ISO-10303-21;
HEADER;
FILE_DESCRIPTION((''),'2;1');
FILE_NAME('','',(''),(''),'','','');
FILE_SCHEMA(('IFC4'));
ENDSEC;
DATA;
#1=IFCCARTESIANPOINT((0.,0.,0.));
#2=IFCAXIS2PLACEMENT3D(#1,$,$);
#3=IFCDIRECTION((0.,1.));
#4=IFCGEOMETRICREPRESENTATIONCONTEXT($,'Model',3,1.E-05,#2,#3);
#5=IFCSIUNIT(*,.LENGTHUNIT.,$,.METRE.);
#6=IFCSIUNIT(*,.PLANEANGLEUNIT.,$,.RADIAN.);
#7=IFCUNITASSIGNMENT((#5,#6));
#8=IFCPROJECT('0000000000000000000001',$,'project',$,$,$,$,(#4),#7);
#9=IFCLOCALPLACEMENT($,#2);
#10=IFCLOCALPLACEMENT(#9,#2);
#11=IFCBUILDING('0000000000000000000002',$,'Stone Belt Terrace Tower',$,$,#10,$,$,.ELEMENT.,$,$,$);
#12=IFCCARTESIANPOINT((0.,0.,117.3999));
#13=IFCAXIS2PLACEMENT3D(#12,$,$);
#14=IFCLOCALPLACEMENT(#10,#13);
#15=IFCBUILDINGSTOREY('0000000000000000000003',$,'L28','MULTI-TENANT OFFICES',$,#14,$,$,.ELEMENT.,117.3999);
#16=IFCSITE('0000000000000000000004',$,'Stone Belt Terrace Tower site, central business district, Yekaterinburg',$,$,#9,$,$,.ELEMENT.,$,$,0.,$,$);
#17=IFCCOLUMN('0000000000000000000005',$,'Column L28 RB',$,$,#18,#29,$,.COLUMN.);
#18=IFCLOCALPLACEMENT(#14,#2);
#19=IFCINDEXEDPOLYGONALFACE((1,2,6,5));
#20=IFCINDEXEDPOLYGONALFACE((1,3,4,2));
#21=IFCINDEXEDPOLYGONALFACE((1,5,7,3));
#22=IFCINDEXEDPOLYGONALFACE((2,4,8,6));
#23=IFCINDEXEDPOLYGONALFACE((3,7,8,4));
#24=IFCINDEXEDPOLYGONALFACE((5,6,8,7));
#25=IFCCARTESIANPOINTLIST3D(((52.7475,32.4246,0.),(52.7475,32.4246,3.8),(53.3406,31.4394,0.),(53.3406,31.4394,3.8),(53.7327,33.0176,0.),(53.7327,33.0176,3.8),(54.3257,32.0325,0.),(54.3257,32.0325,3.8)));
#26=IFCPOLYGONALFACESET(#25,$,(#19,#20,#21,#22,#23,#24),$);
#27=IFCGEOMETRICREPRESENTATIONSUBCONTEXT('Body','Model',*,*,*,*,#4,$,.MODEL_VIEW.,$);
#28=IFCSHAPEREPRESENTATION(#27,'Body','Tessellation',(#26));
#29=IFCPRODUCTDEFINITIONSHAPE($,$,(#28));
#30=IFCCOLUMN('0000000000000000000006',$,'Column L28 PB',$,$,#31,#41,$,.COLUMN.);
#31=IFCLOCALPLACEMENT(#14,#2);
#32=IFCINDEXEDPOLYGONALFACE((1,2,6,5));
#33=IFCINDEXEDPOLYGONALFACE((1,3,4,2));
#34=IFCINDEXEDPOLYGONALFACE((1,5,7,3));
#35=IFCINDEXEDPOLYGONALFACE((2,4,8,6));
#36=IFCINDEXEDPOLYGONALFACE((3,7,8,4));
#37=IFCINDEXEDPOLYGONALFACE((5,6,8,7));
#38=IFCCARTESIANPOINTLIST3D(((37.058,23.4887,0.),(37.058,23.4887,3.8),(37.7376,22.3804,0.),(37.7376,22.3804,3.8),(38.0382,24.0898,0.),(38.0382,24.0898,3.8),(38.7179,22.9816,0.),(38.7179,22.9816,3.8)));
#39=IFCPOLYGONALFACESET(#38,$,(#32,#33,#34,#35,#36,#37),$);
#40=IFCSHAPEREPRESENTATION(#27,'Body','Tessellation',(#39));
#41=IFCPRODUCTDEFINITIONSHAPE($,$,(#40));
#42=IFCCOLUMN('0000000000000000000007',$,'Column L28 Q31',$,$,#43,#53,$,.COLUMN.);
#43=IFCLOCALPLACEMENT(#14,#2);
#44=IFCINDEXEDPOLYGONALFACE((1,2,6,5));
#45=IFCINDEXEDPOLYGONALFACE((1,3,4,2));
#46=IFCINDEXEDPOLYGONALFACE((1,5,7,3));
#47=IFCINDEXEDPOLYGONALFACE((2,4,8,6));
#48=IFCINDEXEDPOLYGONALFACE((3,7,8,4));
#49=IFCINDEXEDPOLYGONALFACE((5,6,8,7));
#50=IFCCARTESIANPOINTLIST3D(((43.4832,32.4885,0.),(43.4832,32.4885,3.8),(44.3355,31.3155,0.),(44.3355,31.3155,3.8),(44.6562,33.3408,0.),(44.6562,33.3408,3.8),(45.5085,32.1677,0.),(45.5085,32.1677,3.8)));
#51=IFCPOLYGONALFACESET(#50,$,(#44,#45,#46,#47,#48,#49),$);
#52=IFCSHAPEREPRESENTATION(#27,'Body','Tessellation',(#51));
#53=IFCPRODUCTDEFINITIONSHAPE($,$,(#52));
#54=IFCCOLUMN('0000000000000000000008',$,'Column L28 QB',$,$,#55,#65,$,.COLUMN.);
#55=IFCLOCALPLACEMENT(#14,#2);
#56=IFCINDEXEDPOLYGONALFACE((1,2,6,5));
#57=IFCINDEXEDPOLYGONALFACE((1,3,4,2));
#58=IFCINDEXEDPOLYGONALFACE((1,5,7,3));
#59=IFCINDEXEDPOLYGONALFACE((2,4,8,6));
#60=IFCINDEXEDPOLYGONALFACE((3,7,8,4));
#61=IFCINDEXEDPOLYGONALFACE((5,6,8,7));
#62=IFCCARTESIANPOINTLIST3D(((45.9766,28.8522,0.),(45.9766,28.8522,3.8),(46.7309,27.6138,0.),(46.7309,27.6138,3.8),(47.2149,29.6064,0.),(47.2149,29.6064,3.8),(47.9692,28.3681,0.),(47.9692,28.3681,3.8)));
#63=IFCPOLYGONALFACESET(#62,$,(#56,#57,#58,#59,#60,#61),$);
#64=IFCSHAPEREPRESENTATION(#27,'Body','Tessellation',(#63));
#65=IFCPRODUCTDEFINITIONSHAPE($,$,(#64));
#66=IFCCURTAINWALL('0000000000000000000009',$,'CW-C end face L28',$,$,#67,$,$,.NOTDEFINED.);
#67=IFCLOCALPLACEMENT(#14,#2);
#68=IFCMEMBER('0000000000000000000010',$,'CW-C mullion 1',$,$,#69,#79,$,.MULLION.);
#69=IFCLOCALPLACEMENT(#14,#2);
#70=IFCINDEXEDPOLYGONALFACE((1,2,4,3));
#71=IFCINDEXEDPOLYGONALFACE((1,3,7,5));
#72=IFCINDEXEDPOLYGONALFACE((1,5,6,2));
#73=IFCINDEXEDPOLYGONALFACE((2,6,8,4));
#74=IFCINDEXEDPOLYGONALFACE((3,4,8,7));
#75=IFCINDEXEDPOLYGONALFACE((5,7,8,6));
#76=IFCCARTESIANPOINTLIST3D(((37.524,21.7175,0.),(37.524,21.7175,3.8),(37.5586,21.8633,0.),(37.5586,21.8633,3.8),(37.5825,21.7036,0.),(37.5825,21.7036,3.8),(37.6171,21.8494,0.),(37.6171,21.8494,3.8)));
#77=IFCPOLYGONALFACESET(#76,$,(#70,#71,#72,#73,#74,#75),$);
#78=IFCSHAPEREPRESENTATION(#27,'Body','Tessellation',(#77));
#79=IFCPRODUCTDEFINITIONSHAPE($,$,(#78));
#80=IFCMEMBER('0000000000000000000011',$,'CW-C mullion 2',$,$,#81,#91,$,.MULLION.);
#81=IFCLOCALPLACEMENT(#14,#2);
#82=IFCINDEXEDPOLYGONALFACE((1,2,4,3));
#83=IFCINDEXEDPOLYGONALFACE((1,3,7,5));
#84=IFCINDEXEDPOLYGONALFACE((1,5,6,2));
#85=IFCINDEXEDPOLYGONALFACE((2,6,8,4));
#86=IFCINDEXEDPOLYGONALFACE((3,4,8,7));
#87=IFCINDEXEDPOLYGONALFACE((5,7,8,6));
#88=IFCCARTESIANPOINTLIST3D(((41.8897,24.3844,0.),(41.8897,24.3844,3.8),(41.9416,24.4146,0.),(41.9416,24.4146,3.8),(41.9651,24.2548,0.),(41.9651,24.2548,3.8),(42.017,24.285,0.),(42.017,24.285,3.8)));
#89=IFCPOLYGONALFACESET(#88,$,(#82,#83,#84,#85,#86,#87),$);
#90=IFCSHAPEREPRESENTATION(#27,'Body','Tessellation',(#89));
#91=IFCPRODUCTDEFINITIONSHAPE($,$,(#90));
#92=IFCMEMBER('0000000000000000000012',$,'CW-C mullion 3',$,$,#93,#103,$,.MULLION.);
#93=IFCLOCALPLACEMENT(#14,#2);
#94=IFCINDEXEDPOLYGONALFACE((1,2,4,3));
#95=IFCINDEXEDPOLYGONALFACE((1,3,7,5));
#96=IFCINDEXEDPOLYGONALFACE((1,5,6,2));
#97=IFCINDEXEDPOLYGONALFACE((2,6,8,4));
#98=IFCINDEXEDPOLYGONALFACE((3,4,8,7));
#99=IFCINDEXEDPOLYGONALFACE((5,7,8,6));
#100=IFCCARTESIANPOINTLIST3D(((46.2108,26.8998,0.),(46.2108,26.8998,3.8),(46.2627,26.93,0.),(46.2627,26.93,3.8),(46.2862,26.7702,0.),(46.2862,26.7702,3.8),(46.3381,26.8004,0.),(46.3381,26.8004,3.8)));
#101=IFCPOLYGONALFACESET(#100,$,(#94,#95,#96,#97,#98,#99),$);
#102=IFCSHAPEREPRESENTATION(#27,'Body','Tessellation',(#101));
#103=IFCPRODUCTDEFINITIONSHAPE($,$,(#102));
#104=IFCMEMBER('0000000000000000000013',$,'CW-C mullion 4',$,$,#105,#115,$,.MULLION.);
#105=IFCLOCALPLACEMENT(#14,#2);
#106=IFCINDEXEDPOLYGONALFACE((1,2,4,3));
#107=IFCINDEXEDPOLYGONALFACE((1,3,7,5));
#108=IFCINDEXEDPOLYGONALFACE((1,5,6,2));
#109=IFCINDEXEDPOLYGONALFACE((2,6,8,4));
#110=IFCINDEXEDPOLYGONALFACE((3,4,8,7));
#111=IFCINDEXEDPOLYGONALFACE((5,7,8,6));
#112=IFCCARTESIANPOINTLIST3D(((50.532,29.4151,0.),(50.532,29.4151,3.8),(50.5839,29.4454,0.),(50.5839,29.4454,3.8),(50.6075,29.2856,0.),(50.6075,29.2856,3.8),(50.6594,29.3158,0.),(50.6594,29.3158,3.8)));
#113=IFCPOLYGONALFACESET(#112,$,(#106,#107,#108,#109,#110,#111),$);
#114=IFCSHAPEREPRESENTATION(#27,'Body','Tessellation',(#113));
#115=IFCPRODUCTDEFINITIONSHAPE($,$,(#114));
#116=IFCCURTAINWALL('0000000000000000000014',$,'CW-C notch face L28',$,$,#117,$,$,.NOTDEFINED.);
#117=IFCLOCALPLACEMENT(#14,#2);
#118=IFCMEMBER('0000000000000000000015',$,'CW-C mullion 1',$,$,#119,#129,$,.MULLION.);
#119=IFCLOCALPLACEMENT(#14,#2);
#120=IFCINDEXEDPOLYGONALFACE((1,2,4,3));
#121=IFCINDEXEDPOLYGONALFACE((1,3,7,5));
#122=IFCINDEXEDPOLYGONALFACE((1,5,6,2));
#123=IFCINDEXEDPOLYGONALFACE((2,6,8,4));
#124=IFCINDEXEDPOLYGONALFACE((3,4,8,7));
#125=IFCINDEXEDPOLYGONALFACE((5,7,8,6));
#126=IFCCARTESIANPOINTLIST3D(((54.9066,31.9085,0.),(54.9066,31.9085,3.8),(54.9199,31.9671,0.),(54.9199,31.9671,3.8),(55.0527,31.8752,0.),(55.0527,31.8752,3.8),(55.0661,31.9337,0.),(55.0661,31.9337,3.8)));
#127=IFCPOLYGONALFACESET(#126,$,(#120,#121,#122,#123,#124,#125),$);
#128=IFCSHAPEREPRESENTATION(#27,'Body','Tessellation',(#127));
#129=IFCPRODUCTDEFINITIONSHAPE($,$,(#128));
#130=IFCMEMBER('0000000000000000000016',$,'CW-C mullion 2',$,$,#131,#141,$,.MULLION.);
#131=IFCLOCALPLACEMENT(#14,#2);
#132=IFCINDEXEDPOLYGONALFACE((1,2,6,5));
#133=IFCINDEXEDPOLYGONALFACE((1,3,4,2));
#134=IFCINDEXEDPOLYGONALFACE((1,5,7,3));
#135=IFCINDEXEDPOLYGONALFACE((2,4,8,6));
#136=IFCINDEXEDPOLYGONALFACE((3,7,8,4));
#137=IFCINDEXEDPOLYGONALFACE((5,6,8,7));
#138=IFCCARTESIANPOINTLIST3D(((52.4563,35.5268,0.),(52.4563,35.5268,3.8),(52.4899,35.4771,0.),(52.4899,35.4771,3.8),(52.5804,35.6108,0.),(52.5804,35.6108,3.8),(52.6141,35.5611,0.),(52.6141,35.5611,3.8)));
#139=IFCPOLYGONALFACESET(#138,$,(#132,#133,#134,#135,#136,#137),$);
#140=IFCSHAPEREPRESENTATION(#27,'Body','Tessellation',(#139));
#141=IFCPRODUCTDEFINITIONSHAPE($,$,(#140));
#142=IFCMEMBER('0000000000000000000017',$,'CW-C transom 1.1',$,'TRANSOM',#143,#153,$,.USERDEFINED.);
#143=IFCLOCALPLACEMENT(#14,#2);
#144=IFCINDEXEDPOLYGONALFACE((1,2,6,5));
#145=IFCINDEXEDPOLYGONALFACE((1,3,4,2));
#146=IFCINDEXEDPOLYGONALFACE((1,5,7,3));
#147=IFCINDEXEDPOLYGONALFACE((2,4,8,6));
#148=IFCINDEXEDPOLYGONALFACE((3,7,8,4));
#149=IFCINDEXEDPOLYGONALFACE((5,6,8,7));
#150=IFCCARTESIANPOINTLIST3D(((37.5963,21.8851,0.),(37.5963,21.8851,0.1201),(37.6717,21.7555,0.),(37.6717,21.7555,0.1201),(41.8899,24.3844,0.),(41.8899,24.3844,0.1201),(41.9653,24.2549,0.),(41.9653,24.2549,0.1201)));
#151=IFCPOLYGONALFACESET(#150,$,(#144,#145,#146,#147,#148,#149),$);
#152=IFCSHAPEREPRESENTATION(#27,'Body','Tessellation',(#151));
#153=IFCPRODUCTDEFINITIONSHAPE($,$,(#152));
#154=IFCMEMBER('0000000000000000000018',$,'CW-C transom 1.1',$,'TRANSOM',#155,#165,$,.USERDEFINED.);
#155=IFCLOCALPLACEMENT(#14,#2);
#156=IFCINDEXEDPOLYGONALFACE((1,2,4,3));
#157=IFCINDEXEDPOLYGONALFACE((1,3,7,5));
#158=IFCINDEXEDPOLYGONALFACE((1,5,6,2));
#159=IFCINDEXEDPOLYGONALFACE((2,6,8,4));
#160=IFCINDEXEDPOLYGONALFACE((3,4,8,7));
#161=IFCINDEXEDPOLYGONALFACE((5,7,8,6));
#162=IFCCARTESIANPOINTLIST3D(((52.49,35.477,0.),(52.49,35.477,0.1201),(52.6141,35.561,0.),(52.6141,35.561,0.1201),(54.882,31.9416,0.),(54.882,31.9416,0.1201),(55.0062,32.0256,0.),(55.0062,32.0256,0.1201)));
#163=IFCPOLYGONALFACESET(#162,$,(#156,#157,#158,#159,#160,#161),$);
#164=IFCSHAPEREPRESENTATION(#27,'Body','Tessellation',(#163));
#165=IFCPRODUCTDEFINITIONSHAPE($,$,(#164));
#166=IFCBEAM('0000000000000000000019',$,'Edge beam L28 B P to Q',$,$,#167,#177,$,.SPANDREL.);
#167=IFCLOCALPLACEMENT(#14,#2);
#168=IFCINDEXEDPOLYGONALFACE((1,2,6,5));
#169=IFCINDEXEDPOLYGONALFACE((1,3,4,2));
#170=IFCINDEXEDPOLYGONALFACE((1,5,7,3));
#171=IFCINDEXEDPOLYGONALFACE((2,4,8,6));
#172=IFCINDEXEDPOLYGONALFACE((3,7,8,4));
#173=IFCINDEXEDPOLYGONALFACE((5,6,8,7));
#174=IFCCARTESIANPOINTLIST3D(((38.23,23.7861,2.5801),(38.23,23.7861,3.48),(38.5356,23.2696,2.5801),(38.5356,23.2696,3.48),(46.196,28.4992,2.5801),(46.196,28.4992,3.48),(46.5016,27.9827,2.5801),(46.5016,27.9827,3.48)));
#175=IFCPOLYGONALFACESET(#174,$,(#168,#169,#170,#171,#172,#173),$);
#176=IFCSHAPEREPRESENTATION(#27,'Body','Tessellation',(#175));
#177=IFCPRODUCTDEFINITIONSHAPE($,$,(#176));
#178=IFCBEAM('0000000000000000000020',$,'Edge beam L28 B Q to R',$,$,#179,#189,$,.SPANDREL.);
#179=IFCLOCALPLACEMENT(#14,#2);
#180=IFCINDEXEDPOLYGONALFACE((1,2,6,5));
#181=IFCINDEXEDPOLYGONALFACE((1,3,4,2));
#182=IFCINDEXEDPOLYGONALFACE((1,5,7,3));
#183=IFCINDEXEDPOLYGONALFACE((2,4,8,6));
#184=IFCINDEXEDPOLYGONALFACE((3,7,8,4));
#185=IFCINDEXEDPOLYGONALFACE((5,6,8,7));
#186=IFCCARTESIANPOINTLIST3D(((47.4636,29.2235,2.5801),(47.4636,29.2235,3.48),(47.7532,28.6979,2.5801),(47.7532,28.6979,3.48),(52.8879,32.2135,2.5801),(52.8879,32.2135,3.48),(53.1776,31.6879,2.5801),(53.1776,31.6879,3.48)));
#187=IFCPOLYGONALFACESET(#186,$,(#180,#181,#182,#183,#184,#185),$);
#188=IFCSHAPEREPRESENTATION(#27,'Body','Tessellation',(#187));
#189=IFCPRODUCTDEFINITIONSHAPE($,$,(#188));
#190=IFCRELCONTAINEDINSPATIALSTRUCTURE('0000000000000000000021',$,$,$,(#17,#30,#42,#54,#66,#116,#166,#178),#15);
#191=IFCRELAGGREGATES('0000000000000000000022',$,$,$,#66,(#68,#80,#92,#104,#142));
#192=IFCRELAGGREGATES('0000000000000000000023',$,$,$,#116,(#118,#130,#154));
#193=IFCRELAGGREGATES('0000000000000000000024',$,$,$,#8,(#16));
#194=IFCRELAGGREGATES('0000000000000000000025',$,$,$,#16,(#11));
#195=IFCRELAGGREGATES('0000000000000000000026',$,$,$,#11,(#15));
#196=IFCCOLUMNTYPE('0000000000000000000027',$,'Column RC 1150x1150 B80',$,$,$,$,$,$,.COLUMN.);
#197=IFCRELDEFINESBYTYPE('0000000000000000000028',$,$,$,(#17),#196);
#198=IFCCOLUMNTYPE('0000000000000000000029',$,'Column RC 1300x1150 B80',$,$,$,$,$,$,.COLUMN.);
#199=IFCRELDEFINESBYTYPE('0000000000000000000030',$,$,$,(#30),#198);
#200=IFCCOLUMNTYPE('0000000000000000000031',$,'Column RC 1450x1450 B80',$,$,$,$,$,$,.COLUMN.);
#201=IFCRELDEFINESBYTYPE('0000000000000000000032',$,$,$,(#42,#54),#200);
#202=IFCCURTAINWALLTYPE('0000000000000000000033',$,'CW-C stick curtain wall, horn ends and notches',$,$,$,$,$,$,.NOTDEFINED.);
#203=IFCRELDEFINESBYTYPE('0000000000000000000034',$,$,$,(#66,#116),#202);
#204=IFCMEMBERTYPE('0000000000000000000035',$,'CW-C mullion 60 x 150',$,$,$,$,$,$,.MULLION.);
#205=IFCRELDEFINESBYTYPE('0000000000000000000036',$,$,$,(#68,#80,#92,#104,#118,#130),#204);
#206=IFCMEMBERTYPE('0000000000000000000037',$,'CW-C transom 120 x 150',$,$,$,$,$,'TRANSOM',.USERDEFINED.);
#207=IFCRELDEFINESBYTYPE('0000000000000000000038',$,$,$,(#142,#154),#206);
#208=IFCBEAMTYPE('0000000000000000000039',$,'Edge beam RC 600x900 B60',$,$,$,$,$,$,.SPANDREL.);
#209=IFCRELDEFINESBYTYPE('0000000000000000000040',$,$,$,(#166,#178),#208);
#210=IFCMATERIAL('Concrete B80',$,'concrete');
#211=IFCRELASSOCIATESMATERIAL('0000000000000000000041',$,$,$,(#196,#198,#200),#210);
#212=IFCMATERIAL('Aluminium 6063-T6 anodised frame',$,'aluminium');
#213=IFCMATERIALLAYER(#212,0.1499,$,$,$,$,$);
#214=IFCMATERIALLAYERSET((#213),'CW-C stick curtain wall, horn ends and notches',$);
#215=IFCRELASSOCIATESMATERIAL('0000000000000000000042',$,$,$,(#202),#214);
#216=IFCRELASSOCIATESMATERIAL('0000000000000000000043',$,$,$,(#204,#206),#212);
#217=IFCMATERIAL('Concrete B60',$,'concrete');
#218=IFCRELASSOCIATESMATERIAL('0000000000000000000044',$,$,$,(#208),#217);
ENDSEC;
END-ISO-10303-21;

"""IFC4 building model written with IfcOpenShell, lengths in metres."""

from ifc_helpers import new_model, si_unit, direction, frame, origin, origin_2d, place, context, subcontext, project, spatial, rectangle, extrude, material, layer, layer_set, material_profile, profile_set, type_object, element, aggregate, save


model = new_model("IFC4")

# Units and contexts
model_context = context("Model", 3, precision=1e-05, world=origin(), true_north=direction((0.0, 1.0)))
body_context = subcontext(model_context, "Body", "Model", "MODEL_VIEW")
ifc_project = project(units=[si_unit("LENGTHUNIT", "METRE"), si_unit("PLANEANGLEUNIT", "RADIAN")], contexts=[model_context])

# Site, building, storey
site_placement = place(None, origin())
site = spatial("IfcSite", under=ifc_project, at=site_placement, Name="Stone Belt Terrace Tower site, central business district, Yekaterinburg", CompositionType="ELEMENT", RefElevation=0.0)
building_placement = place(site_placement, origin())
building = spatial("IfcBuilding", under=site, at=building_placement, Name="Stone Belt Terrace Tower", CompositionType="ELEMENT")
storey_placement = place(building_placement, frame((0.0, 0.0, 117.3999)))
storey = spatial("IfcBuildingStorey", under=building, at=storey_placement, Name="L28", Description="MULTI-TENANT OFFICES", CompositionType="ELEMENT", Elevation=117.3999)

# Columns
ifc_material_1 = material(Name="Concrete B80", Category="concrete")
ifc_material_profile_1 = material_profile(ifc_material_1, rectangle(XDim=1.1499, YDim=1.1499, at=origin_2d()), Name="RC 1150x1150")
ifc_profile_set_1 = profile_set([ifc_material_profile_1], Name="Concrete B80")
column_type_1 = type_object("IfcColumnType", Name="Column RC 1150x1150 B80", PredefinedType="COLUMN", material=ifc_profile_set_1)
column_1_placement = place(storey_placement, frame((53.5366, 32.2285, 0.0), z_axis=(0.0, 0.0, 1.0), x_axis=(0.51575, -0.856739, 0.0)))
element("IfcColumn", 1, at=column_1_placement, inside=storey, type_object=column_type_1, Name="Column L28 RB", PredefinedType="COLUMN", context=body_context, shape_type="SweptSolid", body=[
    extrude(rectangle(XDim=1.1499, YDim=1.1499, at=origin_2d()), origin(), (0.0, 0.0, 1.0), 3.8),
])
ifc_material_profile_2 = material_profile(ifc_material_1, rectangle(XDim=1.3, YDim=1.1499, at=origin_2d()), Name="RC 1300x1150")
ifc_profile_set_2 = profile_set([ifc_material_profile_2], Name="Concrete B80")
column_type_2 = type_object("IfcColumnType", Name="Column RC 1300x1150 B80", PredefinedType="COLUMN", material=ifc_profile_set_2)
column_2_placement = place(storey_placement, frame((37.8879, 23.2351, 0.0), z_axis=(0.0, 0.0, 1.0), x_axis=(0.522781, -0.852467, 0.0)))
element("IfcColumn", 2, at=column_2_placement, inside=storey, type_object=column_type_2, Name="Column L28 PB", PredefinedType="COLUMN", context=body_context, shape_type="SweptSolid", body=[
    extrude(rectangle(XDim=1.3, YDim=1.1499, at=origin_2d()), origin(), (0.0, 0.0, 1.0), 3.8),
])
ifc_material_profile_3 = material_profile(ifc_material_1, rectangle(XDim=1.45, YDim=1.45, at=origin_2d()), Name="RC 1450x1450")
ifc_profile_set_3 = profile_set([ifc_material_profile_3], Name="Concrete B80")
column_type_3 = type_object("IfcColumnType", Name="Column RC 1450x1450 B80", PredefinedType="COLUMN", material=ifc_profile_set_3)
for number, where, z_axis, x_axis, name in (
    (3, (44.4958, 32.3281, 0.0), (0.0, 0.0, 1.0), (0.587785, -0.809017, 0.0), "Column L28 Q31"),
    (4, (46.9729, 28.6101, 0.0), (0.0, 0.0, 1.0), (0.520186, -0.854053, 0.0), "Column L28 QB"),
):
    element("IfcColumn", number, at=place(storey_placement, frame(where, z_axis=z_axis, x_axis=x_axis)), inside=storey, type_object=column_type_3, Name=name, PredefinedType="COLUMN", context=body_context, shape_type="SweptSolid", body=[
        extrude(rectangle(XDim=1.45, YDim=1.45, at=origin_2d()), origin(), (0.0, 0.0, 1.0), 3.8),
    ])

# Curtain walls, members
ifc_material_2 = material(Name="Aluminium 6063-T6 anodised frame", Category="aluminium")
ifc_layer_1 = layer(ifc_material_2, 0.1499)
ifc_layer_set_1 = layer_set([ifc_layer_1], Name="CW-C stick curtain wall, horn ends and notches")
curtain_wall_type = type_object("IfcCurtainWallType", Name="CW-C stick curtain wall, horn ends and notches", PredefinedType="NOTDEFINED", material=ifc_layer_set_1)
curtain_wall_1_placement = place(storey_placement, origin())
curtain_wall_1 = element("IfcCurtainWall", 5, at=curtain_wall_1_placement, inside=storey, type_object=curtain_wall_type, Name="CW-C end face L28", PredefinedType="NOTDEFINED")
ifc_material_profile_4 = material_profile(ifc_material_2, rectangle(XDim=0.1499, YDim=0.0601, at=origin_2d()), Name="Aluminium 6063-T6 60x150")
ifc_profile_set_4 = profile_set([ifc_material_profile_4], Name="Aluminium 6063-T6 anodised frame")
member_type_1 = type_object("IfcMemberType", Name="CW-C mullion 60 x 150", PredefinedType="MULLION", material=ifc_profile_set_4)
member_1_placement = place(storey_placement, frame((37.5706, 21.7834, 0.0), z_axis=(0.0, 0.0, 1.0), x_axis=(0.230847, 0.97299, 0.0)))
member_1 = element("IfcMember", 6, at=member_1_placement, type_object=member_type_1, Name="CW-C mullion 1", PredefinedType="MULLION", context=body_context, shape_type="SweptSolid", body=[
    extrude(rectangle(XDim=0.1499, YDim=0.0601, at=origin_2d()), origin(), (0.0, 0.0, 1.0), 3.8),
])
member_2_placement = place(storey_placement, frame((41.9534, 24.3347, 0.0), z_axis=(0.0, 0.0, 1.0), x_axis=(-0.503081, 0.864239, 0.0)))
member_2 = element("IfcMember", 7, at=member_2_placement, type_object=member_type_1, Name="CW-C mullion 2", PredefinedType="MULLION", context=body_context, shape_type="SweptSolid", body=[
    extrude(rectangle(XDim=0.1499, YDim=0.0601, at=origin_2d()), origin(), (0.0, 0.0, 1.0), 3.8),
])
member_3_placement = place(storey_placement, frame((46.2744, 26.8501, 0.0), z_axis=(0.0, 0.0, 1.0), x_axis=(-0.503081, 0.864239, 0.0)))
member_3 = element("IfcMember", 8, at=member_3_placement, type_object=member_type_1, Name="CW-C mullion 3", PredefinedType="MULLION", context=body_context, shape_type="SweptSolid", body=[
    extrude(rectangle(XDim=0.1499, YDim=0.0601, at=origin_2d()), origin(), (0.0, 0.0, 1.0), 3.8),
])
member_4_placement = place(storey_placement, frame((50.5957, 29.3655, 0.0), z_axis=(0.0, 0.0, 1.0), x_axis=(-0.503081, 0.864239, 0.0)))
member_4 = element("IfcMember", 9, at=member_4_placement, type_object=member_type_1, Name="CW-C mullion 4", PredefinedType="MULLION", context=body_context, shape_type="SweptSolid", body=[
    extrude(rectangle(XDim=0.1499, YDim=0.0601, at=origin_2d()), origin(), (0.0, 0.0, 1.0), 3.8),
])
curtain_wall_2_placement = place(storey_placement, origin())
curtain_wall_2 = element("IfcCurtainWall", 10, at=curtain_wall_2_placement, inside=storey, type_object=curtain_wall_type, Name="CW-C notch face L28", PredefinedType="NOTDEFINED")
member_5_placement = place(storey_placement, frame((54.9863, 31.9211, 0.0), z_axis=(0.0, 0.0, 1.0), x_axis=(-0.974927, 0.222525, 0.0)))
member_5 = element("IfcMember", 11, at=member_5_placement, type_object=member_type_1, Name="CW-C mullion 1", PredefinedType="MULLION", context=body_context, shape_type="SweptSolid", body=[
    extrude(rectangle(XDim=0.1499, YDim=0.0601, at=origin_2d()), origin(), (0.0, 0.0, 1.0), 3.8),
])
member_6_placement = place(storey_placement, frame((52.5352, 35.5439, 0.0), z_axis=(0.0, 0.0, 1.0), x_axis=(-0.828244, -0.560367, 0.0)))
member_6 = element("IfcMember", 12, at=member_6_placement, type_object=member_type_1, Name="CW-C mullion 2", PredefinedType="MULLION", context=body_context, shape_type="SweptSolid", body=[
    extrude(rectangle(XDim=0.1499, YDim=0.0601, at=origin_2d()), origin(), (0.0, 0.0, 1.0), 3.8),
])

# Members
ifc_material_profile_5 = material_profile(ifc_material_2, rectangle(XDim=0.1499, YDim=0.1201, at=origin_2d()), Name="Aluminium 6063-T6 150x120")
ifc_profile_set_5 = profile_set([ifc_material_profile_5], Name="Aluminium 6063-T6 anodised frame")
member_type_2 = type_object("IfcMemberType", Name="CW-C transom 120 x 150", ElementType="TRANSOM", PredefinedType="USERDEFINED", material=ifc_profile_set_5)
member_7_placement = place(storey_placement, frame((37.634, 21.8203, 0.0601), z_axis=(0.864238, 0.503082, 0.0), x_axis=(-0.503082, 0.864238, 0.0)))
member_7 = element("IfcMember", 13, at=member_7_placement, type_object=member_type_2, Name="CW-C transom 1.1", ObjectType="TRANSOM", PredefinedType="USERDEFINED", context=body_context, shape_type="SweptSolid", body=[
    extrude(rectangle(XDim=0.1499, YDim=0.1201, at=origin_2d()), origin(), (0.0, 0.0, 1.0), 4.968),
])
member_8_placement = place(storey_placement, frame((54.9441, 31.9836, 0.0601), z_axis=(-0.560389, 0.82823, 0.0), x_axis=(-0.82823, -0.560389, 0.0)))
member_8 = element("IfcMember", 14, at=member_8_placement, type_object=member_type_2, Name="CW-C transom 1.1", ObjectType="TRANSOM", PredefinedType="USERDEFINED", context=body_context, shape_type="SweptSolid", body=[
    extrude(rectangle(XDim=0.1499, YDim=0.1201, at=origin_2d()), origin(), (0.0, 0.0, 1.0), 4.2686),
])

# Beams
ifc_material_3 = material(Name="Concrete B60", Category="concrete")
ifc_material_profile_6 = material_profile(ifc_material_3, rectangle(XDim=0.6001, YDim=0.8999, at=origin_2d()), Name="RC 600x900")
ifc_profile_set_6 = profile_set([ifc_material_profile_6], Name="Concrete B60")
beam_type = type_object("IfcBeamType", Name="Edge beam RC 600x900 B60", PredefinedType="SPANDREL", material=ifc_profile_set_6)
beam_1_placement = place(storey_placement, frame((38.3828, 23.5278, 3.03), z_axis=(0.860647, 0.509203, 0.0), x_axis=(-0.509203, 0.860647, 0.0)))
element("IfcBeam", 15, at=beam_1_placement, inside=storey, type_object=beam_type, Name="Edge beam L28 B P to Q", PredefinedType="SPANDREL", context=body_context, shape_type="SweptSolid", body=[
    extrude(rectangle(XDim=0.6001, YDim=0.8999, at=origin_2d()), origin(), (0.0, 0.0, 1.0), 9.2559),
])
beam_2_placement = place(storey_placement, frame((47.6084, 28.9607, 3.03), z_axis=(0.875764, 0.482739, 0.0), x_axis=(-0.482739, 0.875764, 0.0)))
element("IfcBeam", 16, at=beam_2_placement, inside=storey, type_object=beam_type, Name="Edge beam L28 B Q to R", PredefinedType="SPANDREL", context=body_context, shape_type="SweptSolid", body=[
    extrude(rectangle(XDim=0.6001, YDim=0.8999, at=origin_2d()), origin(), (0.0, 0.0, 1.0), 6.1938),
])

aggregate(curtain_wall_1, [member_1, member_2, member_3, member_4, member_7])
aggregate(curtain_wall_2, [member_5, member_6, member_8])

save(model, "model.ifc")
